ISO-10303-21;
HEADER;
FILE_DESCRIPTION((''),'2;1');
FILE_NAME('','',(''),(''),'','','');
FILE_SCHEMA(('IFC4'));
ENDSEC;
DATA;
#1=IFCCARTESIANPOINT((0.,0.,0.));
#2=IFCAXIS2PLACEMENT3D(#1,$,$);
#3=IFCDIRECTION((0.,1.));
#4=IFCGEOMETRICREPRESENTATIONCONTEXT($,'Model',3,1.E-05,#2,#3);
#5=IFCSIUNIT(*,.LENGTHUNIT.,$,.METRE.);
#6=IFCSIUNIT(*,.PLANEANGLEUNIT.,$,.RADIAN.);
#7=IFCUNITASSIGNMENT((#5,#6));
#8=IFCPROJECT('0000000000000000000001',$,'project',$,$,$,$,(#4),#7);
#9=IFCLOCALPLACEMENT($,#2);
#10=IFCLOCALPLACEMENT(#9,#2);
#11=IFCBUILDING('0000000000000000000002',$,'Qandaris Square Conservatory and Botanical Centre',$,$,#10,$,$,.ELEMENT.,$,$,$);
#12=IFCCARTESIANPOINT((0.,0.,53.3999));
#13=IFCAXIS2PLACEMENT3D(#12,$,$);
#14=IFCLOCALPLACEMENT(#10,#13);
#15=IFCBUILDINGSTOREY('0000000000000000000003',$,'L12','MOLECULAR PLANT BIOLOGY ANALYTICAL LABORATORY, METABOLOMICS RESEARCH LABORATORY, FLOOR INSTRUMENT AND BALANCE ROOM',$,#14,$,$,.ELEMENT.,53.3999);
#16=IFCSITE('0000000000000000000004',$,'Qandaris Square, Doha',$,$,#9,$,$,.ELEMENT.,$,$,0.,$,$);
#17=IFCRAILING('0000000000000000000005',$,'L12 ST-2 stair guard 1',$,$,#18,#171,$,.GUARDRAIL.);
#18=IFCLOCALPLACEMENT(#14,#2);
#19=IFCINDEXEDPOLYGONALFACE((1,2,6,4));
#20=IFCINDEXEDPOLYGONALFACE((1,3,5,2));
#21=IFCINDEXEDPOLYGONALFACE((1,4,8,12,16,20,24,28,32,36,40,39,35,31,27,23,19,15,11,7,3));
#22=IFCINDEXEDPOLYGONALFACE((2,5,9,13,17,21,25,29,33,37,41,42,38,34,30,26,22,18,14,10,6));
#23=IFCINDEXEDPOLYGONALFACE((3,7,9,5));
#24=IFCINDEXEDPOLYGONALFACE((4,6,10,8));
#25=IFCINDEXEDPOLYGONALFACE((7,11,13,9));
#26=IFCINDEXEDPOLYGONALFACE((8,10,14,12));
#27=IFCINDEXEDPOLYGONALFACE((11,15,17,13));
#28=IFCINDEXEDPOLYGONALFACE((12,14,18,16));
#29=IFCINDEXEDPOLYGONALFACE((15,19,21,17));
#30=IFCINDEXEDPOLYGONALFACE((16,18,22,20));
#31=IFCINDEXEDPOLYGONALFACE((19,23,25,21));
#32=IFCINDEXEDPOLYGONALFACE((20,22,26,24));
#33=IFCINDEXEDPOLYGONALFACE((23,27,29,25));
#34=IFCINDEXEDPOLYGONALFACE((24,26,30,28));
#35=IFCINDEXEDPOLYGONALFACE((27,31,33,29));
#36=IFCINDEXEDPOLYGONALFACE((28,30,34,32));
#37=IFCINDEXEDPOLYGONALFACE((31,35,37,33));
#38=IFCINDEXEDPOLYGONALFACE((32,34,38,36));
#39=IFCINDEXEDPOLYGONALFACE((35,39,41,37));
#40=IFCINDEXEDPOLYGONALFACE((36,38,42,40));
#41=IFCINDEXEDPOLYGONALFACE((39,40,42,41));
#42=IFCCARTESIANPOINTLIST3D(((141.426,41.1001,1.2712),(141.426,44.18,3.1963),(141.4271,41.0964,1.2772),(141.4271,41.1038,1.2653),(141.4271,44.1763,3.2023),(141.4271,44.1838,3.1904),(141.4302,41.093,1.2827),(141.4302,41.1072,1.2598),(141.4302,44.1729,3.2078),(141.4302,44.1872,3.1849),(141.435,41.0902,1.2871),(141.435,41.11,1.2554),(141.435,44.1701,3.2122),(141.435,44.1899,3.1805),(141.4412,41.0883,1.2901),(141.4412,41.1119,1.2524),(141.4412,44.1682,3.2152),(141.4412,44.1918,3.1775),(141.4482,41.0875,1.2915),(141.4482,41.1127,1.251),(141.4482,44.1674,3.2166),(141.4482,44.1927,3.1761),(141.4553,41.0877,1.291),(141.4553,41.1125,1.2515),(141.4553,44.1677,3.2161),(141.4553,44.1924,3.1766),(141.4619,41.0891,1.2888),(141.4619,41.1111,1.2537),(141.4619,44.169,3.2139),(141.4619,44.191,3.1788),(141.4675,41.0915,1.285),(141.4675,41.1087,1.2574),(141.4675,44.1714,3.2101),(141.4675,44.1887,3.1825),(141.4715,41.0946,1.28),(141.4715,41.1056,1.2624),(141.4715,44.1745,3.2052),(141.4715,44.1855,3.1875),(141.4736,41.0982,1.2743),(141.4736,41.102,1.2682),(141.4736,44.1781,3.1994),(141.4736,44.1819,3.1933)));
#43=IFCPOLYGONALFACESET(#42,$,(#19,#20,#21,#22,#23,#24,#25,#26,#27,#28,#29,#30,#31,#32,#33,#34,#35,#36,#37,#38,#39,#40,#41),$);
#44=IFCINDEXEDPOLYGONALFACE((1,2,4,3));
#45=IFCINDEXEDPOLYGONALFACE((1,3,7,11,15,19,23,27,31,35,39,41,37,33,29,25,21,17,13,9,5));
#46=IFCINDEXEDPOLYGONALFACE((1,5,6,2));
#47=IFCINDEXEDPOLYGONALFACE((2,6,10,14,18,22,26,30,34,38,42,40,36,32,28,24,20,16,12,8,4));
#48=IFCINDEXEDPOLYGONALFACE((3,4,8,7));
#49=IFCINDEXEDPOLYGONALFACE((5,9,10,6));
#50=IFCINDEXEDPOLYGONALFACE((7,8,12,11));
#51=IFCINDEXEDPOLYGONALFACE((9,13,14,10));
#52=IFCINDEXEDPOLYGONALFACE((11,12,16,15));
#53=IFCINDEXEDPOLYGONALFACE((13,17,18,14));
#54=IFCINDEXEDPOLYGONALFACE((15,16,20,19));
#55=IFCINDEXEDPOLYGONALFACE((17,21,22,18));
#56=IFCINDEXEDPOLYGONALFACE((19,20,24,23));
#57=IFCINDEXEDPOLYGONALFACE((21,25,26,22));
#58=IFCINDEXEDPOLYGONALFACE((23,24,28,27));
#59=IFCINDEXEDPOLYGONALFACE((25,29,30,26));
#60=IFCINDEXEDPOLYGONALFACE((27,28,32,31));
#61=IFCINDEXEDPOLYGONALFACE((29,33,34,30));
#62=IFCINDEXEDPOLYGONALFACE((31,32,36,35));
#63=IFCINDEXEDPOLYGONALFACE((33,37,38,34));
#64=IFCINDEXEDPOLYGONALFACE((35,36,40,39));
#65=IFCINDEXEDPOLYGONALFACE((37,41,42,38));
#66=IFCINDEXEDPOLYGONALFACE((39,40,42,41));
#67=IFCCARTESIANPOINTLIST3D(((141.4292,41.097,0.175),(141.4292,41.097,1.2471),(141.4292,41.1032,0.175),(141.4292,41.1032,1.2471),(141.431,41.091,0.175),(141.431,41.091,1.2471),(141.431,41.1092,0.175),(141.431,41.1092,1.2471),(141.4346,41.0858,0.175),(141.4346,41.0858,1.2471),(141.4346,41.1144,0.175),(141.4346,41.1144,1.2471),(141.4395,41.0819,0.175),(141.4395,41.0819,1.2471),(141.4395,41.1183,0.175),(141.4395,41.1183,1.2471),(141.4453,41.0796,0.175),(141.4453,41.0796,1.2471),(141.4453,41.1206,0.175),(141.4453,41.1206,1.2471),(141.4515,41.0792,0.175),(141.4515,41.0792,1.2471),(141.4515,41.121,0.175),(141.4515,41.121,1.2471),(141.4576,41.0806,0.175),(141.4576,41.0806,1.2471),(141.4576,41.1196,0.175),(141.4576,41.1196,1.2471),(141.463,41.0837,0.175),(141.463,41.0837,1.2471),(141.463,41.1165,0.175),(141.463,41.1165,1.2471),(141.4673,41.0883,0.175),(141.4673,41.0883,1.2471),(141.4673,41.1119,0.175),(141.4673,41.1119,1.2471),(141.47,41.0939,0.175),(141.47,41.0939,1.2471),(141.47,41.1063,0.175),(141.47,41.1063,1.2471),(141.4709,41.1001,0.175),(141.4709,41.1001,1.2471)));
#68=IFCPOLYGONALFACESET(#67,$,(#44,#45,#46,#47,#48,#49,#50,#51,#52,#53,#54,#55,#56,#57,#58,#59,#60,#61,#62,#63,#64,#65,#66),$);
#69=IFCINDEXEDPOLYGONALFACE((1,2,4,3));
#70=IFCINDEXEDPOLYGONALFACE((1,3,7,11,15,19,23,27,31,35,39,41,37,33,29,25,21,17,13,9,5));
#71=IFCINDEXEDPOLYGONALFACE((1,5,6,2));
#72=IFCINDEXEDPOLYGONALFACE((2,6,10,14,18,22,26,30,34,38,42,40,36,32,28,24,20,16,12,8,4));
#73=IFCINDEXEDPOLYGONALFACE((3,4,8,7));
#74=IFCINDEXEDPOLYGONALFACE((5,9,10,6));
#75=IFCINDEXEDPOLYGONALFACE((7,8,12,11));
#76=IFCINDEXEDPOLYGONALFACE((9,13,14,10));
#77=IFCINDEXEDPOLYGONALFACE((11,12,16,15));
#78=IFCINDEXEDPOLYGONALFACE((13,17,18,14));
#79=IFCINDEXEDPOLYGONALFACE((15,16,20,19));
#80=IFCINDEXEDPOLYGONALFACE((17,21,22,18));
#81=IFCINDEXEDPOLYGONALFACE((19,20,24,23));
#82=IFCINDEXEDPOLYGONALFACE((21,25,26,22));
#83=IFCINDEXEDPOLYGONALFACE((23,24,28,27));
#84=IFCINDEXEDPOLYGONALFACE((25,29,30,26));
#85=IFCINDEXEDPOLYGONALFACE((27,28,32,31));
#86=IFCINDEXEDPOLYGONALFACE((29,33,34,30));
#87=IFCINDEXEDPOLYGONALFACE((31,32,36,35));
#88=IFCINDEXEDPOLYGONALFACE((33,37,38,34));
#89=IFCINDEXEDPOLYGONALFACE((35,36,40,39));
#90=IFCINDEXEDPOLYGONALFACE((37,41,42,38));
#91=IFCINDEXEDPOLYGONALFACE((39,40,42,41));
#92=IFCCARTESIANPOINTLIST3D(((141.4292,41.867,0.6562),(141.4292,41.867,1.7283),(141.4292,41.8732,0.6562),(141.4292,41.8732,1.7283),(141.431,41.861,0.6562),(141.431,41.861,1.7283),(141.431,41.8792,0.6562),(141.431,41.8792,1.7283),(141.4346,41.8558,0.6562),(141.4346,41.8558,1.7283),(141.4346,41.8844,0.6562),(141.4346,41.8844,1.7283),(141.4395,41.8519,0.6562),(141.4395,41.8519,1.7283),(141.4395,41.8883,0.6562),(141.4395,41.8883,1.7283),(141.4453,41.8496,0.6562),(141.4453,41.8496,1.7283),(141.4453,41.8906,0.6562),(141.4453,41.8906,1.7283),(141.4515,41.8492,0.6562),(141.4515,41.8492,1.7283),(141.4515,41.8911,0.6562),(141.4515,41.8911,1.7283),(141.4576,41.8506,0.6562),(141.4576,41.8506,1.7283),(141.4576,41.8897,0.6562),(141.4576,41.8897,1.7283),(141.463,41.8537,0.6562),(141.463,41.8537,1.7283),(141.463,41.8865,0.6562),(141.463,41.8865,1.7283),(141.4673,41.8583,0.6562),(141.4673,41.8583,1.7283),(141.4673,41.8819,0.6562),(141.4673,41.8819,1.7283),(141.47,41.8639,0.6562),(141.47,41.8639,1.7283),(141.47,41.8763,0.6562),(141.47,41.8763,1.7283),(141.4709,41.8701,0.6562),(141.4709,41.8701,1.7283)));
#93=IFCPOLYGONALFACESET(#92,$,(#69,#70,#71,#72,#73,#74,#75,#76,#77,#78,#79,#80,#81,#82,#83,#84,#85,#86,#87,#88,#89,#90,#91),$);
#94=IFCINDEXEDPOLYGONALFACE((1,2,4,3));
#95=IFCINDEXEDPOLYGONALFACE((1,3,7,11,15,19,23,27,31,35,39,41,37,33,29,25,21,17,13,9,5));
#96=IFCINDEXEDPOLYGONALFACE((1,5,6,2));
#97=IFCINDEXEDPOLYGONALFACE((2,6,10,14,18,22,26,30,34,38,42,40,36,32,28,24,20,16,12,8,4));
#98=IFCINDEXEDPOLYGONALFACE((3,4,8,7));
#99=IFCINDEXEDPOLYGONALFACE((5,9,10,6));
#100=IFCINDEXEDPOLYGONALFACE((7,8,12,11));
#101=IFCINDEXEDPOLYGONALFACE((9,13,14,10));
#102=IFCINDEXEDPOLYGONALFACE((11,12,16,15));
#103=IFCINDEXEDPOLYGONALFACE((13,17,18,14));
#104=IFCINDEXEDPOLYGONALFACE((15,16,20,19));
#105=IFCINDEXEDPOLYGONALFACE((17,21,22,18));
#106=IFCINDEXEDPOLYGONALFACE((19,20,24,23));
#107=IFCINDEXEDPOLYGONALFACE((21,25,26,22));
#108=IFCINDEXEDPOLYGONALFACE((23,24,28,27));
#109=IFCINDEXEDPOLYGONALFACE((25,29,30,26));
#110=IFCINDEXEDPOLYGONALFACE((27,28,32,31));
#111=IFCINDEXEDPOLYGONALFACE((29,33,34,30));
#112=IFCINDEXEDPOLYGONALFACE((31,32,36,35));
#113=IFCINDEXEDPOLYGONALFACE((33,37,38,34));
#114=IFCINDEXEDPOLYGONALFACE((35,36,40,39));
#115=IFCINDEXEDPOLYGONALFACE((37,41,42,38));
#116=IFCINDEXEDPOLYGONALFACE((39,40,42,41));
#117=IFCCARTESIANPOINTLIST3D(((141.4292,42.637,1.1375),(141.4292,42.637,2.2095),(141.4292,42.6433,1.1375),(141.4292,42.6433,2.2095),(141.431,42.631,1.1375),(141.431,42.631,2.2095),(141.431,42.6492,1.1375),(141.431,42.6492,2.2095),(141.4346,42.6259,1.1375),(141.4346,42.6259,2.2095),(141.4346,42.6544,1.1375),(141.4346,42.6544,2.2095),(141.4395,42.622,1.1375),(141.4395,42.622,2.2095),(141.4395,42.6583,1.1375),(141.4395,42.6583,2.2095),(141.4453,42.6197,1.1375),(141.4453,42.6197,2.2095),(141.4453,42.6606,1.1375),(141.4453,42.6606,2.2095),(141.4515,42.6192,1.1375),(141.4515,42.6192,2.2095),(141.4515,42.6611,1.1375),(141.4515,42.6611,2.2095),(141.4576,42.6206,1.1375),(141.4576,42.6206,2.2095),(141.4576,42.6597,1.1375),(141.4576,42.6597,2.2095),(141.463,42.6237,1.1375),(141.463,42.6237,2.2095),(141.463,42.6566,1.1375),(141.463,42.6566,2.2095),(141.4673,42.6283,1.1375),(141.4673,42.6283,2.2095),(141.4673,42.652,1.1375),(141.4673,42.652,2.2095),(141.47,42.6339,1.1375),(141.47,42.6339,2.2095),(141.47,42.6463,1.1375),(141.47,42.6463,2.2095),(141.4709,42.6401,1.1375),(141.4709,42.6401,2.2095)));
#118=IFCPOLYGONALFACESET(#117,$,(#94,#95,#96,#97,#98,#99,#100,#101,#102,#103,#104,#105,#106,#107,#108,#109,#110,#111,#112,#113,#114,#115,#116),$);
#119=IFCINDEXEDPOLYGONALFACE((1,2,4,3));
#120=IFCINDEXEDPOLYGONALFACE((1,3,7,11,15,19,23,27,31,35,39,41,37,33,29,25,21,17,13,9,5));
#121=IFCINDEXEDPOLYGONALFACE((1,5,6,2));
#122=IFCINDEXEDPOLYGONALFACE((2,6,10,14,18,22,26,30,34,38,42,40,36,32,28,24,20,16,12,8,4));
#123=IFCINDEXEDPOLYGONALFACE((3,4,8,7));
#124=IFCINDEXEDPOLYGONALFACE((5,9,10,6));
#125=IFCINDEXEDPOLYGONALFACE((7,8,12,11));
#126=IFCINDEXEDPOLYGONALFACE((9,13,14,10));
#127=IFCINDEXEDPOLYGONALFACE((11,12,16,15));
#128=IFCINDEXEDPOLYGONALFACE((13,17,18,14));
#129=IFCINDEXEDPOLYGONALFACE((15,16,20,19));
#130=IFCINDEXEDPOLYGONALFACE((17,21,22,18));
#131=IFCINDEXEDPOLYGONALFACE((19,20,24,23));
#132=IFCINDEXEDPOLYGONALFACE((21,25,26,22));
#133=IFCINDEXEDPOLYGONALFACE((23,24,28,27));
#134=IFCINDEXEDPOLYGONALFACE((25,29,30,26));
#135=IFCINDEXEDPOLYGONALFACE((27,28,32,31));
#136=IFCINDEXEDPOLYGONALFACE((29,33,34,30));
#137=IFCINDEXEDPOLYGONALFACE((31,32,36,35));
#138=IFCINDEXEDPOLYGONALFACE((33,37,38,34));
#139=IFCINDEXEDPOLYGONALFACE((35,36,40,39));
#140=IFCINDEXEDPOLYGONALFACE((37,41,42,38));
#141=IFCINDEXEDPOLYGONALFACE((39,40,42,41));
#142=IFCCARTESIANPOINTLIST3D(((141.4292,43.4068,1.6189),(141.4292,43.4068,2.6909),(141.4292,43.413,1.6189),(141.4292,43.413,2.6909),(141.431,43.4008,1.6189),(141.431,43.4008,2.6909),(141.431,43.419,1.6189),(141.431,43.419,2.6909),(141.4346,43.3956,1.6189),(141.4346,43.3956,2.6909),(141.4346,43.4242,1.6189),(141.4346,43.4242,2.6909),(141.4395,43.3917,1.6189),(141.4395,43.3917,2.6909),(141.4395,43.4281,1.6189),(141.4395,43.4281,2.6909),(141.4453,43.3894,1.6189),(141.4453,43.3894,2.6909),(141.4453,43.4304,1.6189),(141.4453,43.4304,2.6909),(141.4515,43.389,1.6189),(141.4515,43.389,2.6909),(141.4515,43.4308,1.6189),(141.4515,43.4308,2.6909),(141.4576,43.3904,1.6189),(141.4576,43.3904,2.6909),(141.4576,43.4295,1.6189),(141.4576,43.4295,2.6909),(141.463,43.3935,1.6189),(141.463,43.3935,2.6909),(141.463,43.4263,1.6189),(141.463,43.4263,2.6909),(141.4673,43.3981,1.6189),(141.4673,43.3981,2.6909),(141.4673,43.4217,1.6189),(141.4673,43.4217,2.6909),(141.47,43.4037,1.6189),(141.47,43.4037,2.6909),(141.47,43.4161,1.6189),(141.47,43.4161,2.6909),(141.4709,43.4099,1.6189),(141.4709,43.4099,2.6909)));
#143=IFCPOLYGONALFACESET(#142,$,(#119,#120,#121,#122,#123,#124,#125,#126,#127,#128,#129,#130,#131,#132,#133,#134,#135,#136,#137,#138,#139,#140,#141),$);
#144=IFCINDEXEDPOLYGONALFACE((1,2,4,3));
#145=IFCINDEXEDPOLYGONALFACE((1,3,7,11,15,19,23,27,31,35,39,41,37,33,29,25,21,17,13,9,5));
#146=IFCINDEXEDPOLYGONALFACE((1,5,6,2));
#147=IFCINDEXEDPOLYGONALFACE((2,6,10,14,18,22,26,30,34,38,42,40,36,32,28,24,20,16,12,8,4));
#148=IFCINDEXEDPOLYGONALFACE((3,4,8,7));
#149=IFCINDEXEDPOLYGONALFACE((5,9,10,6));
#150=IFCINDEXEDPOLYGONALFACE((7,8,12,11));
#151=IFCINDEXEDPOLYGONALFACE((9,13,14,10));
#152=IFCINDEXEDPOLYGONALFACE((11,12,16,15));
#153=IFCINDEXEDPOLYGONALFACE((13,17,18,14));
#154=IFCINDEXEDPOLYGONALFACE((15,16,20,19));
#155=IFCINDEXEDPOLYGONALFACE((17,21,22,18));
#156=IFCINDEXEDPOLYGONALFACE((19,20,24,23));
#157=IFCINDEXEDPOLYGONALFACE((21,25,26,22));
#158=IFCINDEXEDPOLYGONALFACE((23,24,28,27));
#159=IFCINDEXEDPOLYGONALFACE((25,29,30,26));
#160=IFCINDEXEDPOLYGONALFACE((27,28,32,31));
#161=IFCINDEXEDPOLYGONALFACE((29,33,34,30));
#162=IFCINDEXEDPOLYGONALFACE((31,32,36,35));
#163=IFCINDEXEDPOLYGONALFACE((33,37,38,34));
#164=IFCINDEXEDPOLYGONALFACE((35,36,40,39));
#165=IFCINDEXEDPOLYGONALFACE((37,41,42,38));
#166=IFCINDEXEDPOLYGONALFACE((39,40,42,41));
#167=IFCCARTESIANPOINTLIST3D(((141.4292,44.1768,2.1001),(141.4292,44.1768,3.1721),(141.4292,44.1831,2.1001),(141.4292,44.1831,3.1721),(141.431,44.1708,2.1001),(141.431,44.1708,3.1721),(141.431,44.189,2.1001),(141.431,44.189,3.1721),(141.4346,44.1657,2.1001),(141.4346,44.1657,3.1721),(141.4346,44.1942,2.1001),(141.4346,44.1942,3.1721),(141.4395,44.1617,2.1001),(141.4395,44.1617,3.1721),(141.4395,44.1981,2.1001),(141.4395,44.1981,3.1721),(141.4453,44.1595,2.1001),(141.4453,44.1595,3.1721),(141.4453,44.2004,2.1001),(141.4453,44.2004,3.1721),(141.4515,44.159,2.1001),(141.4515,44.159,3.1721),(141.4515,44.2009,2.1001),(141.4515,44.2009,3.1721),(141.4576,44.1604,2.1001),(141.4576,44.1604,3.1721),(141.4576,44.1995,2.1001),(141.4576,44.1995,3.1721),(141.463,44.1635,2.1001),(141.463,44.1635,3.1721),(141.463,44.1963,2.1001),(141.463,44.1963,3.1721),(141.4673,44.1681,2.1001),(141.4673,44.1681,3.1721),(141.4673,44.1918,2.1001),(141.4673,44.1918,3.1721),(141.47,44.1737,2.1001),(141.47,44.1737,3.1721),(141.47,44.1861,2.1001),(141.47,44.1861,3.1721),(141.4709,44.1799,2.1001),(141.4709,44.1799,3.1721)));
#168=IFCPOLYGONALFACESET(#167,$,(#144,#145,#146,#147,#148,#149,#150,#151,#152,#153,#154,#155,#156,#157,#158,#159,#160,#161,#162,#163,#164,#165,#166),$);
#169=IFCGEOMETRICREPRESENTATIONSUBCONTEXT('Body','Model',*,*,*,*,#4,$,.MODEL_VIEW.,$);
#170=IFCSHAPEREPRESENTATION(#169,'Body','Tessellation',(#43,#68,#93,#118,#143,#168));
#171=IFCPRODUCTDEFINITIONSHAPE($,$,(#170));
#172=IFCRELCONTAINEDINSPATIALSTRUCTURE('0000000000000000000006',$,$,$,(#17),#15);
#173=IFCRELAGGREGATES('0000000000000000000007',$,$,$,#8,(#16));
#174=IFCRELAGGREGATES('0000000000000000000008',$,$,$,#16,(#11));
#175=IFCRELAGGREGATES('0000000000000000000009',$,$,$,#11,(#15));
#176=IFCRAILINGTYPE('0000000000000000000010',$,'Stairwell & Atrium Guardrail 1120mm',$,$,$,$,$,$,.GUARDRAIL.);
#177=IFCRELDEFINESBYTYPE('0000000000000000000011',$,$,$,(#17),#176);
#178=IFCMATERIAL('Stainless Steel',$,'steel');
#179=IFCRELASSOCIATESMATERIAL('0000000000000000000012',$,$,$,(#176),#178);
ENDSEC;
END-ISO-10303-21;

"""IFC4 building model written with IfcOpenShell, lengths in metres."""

from ifc_helpers import new_model, si_unit, direction, frame, origin, origin_2d, place, context, subcontext, project, spatial, circle, extrude, material, type_object, element, save


model = new_model("IFC4")

# Units and contexts
model_context = context("Model", 3, precision=1e-05, world=origin(), true_north=direction((0.0, 1.0)))
body_context = subcontext(model_context, "Body", "Model", "MODEL_VIEW")
ifc_project = project(units=[si_unit("LENGTHUNIT", "METRE"), si_unit("PLANEANGLEUNIT", "RADIAN")], contexts=[model_context])

# Site, building, storey
site_placement = place(None, origin())
site = spatial("IfcSite", under=ifc_project, at=site_placement, Name="Qandaris Square, Doha", CompositionType="ELEMENT", RefElevation=0.0)
building_placement = place(site_placement, origin())
building = spatial("IfcBuilding", under=site, at=building_placement, Name="Qandaris Square Conservatory and Botanical Centre", CompositionType="ELEMENT")
storey_placement = place(building_placement, frame((0.0, 0.0, 53.3999)))
storey = spatial("IfcBuildingStorey", under=building, at=storey_placement, Name="L12", Description="MOLECULAR PLANT BIOLOGY ANALYTICAL LABORATORY, METABOLOMICS RESEARCH LABORATORY, FLOOR INSTRUMENT AND BALANCE ROOM", CompositionType="ELEMENT", Elevation=53.3999)

# Railing
ifc_material_1 = material(Name="Stainless Steel", Category="steel")
railing_type_1 = type_object("IfcRailingType", Name="Stairwell & Atrium Guardrail 1120mm", PredefinedType="GUARDRAIL", material=ifc_material_1)
railing_1_placement = place(storey_placement, frame((141.45, 41.1001, 0.175)))
element("IfcRailing", 1, at=railing_1_placement, inside=storey, type_object=railing_type_1, Name="L12 ST-2 stair guard 1", PredefinedType="GUARDRAIL", context=body_context, shape_type="SweptSolid", body=[
    extrude(circle(Radius=0.0239, at=origin_2d()), frame((0.0, 0.0, 1.0962), z_axis=(0.0, 0.847979, 0.530029), x_axis=(-1.0, 0.0, 0.0)), (0.0, 0.0, 1.0), 3.6321),
    extrude(circle(Radius=0.021, at=origin_2d()), origin(), (0.0, 0.0, 1.0), 1.072),
    extrude(circle(Radius=0.021, at=origin_2d()), frame((0.0, 0.77, 0.4812)), (0.0, 0.0, 1.0), 1.072),
    extrude(circle(Radius=0.021, at=origin_2d()), frame((0.0, 1.54, 0.9624)), (0.0, 0.0, 1.0), 1.072),
    extrude(circle(Radius=0.021, at=origin_2d()), frame((0.0, 2.3098, 1.4438)), (0.0, 0.0, 1.0), 1.072),
    extrude(circle(Radius=0.021, at=origin_2d()), frame((0.0, 3.0798, 1.925)), (0.0, 0.0, 1.0), 1.072),
])

save(model, "model.ifc")
